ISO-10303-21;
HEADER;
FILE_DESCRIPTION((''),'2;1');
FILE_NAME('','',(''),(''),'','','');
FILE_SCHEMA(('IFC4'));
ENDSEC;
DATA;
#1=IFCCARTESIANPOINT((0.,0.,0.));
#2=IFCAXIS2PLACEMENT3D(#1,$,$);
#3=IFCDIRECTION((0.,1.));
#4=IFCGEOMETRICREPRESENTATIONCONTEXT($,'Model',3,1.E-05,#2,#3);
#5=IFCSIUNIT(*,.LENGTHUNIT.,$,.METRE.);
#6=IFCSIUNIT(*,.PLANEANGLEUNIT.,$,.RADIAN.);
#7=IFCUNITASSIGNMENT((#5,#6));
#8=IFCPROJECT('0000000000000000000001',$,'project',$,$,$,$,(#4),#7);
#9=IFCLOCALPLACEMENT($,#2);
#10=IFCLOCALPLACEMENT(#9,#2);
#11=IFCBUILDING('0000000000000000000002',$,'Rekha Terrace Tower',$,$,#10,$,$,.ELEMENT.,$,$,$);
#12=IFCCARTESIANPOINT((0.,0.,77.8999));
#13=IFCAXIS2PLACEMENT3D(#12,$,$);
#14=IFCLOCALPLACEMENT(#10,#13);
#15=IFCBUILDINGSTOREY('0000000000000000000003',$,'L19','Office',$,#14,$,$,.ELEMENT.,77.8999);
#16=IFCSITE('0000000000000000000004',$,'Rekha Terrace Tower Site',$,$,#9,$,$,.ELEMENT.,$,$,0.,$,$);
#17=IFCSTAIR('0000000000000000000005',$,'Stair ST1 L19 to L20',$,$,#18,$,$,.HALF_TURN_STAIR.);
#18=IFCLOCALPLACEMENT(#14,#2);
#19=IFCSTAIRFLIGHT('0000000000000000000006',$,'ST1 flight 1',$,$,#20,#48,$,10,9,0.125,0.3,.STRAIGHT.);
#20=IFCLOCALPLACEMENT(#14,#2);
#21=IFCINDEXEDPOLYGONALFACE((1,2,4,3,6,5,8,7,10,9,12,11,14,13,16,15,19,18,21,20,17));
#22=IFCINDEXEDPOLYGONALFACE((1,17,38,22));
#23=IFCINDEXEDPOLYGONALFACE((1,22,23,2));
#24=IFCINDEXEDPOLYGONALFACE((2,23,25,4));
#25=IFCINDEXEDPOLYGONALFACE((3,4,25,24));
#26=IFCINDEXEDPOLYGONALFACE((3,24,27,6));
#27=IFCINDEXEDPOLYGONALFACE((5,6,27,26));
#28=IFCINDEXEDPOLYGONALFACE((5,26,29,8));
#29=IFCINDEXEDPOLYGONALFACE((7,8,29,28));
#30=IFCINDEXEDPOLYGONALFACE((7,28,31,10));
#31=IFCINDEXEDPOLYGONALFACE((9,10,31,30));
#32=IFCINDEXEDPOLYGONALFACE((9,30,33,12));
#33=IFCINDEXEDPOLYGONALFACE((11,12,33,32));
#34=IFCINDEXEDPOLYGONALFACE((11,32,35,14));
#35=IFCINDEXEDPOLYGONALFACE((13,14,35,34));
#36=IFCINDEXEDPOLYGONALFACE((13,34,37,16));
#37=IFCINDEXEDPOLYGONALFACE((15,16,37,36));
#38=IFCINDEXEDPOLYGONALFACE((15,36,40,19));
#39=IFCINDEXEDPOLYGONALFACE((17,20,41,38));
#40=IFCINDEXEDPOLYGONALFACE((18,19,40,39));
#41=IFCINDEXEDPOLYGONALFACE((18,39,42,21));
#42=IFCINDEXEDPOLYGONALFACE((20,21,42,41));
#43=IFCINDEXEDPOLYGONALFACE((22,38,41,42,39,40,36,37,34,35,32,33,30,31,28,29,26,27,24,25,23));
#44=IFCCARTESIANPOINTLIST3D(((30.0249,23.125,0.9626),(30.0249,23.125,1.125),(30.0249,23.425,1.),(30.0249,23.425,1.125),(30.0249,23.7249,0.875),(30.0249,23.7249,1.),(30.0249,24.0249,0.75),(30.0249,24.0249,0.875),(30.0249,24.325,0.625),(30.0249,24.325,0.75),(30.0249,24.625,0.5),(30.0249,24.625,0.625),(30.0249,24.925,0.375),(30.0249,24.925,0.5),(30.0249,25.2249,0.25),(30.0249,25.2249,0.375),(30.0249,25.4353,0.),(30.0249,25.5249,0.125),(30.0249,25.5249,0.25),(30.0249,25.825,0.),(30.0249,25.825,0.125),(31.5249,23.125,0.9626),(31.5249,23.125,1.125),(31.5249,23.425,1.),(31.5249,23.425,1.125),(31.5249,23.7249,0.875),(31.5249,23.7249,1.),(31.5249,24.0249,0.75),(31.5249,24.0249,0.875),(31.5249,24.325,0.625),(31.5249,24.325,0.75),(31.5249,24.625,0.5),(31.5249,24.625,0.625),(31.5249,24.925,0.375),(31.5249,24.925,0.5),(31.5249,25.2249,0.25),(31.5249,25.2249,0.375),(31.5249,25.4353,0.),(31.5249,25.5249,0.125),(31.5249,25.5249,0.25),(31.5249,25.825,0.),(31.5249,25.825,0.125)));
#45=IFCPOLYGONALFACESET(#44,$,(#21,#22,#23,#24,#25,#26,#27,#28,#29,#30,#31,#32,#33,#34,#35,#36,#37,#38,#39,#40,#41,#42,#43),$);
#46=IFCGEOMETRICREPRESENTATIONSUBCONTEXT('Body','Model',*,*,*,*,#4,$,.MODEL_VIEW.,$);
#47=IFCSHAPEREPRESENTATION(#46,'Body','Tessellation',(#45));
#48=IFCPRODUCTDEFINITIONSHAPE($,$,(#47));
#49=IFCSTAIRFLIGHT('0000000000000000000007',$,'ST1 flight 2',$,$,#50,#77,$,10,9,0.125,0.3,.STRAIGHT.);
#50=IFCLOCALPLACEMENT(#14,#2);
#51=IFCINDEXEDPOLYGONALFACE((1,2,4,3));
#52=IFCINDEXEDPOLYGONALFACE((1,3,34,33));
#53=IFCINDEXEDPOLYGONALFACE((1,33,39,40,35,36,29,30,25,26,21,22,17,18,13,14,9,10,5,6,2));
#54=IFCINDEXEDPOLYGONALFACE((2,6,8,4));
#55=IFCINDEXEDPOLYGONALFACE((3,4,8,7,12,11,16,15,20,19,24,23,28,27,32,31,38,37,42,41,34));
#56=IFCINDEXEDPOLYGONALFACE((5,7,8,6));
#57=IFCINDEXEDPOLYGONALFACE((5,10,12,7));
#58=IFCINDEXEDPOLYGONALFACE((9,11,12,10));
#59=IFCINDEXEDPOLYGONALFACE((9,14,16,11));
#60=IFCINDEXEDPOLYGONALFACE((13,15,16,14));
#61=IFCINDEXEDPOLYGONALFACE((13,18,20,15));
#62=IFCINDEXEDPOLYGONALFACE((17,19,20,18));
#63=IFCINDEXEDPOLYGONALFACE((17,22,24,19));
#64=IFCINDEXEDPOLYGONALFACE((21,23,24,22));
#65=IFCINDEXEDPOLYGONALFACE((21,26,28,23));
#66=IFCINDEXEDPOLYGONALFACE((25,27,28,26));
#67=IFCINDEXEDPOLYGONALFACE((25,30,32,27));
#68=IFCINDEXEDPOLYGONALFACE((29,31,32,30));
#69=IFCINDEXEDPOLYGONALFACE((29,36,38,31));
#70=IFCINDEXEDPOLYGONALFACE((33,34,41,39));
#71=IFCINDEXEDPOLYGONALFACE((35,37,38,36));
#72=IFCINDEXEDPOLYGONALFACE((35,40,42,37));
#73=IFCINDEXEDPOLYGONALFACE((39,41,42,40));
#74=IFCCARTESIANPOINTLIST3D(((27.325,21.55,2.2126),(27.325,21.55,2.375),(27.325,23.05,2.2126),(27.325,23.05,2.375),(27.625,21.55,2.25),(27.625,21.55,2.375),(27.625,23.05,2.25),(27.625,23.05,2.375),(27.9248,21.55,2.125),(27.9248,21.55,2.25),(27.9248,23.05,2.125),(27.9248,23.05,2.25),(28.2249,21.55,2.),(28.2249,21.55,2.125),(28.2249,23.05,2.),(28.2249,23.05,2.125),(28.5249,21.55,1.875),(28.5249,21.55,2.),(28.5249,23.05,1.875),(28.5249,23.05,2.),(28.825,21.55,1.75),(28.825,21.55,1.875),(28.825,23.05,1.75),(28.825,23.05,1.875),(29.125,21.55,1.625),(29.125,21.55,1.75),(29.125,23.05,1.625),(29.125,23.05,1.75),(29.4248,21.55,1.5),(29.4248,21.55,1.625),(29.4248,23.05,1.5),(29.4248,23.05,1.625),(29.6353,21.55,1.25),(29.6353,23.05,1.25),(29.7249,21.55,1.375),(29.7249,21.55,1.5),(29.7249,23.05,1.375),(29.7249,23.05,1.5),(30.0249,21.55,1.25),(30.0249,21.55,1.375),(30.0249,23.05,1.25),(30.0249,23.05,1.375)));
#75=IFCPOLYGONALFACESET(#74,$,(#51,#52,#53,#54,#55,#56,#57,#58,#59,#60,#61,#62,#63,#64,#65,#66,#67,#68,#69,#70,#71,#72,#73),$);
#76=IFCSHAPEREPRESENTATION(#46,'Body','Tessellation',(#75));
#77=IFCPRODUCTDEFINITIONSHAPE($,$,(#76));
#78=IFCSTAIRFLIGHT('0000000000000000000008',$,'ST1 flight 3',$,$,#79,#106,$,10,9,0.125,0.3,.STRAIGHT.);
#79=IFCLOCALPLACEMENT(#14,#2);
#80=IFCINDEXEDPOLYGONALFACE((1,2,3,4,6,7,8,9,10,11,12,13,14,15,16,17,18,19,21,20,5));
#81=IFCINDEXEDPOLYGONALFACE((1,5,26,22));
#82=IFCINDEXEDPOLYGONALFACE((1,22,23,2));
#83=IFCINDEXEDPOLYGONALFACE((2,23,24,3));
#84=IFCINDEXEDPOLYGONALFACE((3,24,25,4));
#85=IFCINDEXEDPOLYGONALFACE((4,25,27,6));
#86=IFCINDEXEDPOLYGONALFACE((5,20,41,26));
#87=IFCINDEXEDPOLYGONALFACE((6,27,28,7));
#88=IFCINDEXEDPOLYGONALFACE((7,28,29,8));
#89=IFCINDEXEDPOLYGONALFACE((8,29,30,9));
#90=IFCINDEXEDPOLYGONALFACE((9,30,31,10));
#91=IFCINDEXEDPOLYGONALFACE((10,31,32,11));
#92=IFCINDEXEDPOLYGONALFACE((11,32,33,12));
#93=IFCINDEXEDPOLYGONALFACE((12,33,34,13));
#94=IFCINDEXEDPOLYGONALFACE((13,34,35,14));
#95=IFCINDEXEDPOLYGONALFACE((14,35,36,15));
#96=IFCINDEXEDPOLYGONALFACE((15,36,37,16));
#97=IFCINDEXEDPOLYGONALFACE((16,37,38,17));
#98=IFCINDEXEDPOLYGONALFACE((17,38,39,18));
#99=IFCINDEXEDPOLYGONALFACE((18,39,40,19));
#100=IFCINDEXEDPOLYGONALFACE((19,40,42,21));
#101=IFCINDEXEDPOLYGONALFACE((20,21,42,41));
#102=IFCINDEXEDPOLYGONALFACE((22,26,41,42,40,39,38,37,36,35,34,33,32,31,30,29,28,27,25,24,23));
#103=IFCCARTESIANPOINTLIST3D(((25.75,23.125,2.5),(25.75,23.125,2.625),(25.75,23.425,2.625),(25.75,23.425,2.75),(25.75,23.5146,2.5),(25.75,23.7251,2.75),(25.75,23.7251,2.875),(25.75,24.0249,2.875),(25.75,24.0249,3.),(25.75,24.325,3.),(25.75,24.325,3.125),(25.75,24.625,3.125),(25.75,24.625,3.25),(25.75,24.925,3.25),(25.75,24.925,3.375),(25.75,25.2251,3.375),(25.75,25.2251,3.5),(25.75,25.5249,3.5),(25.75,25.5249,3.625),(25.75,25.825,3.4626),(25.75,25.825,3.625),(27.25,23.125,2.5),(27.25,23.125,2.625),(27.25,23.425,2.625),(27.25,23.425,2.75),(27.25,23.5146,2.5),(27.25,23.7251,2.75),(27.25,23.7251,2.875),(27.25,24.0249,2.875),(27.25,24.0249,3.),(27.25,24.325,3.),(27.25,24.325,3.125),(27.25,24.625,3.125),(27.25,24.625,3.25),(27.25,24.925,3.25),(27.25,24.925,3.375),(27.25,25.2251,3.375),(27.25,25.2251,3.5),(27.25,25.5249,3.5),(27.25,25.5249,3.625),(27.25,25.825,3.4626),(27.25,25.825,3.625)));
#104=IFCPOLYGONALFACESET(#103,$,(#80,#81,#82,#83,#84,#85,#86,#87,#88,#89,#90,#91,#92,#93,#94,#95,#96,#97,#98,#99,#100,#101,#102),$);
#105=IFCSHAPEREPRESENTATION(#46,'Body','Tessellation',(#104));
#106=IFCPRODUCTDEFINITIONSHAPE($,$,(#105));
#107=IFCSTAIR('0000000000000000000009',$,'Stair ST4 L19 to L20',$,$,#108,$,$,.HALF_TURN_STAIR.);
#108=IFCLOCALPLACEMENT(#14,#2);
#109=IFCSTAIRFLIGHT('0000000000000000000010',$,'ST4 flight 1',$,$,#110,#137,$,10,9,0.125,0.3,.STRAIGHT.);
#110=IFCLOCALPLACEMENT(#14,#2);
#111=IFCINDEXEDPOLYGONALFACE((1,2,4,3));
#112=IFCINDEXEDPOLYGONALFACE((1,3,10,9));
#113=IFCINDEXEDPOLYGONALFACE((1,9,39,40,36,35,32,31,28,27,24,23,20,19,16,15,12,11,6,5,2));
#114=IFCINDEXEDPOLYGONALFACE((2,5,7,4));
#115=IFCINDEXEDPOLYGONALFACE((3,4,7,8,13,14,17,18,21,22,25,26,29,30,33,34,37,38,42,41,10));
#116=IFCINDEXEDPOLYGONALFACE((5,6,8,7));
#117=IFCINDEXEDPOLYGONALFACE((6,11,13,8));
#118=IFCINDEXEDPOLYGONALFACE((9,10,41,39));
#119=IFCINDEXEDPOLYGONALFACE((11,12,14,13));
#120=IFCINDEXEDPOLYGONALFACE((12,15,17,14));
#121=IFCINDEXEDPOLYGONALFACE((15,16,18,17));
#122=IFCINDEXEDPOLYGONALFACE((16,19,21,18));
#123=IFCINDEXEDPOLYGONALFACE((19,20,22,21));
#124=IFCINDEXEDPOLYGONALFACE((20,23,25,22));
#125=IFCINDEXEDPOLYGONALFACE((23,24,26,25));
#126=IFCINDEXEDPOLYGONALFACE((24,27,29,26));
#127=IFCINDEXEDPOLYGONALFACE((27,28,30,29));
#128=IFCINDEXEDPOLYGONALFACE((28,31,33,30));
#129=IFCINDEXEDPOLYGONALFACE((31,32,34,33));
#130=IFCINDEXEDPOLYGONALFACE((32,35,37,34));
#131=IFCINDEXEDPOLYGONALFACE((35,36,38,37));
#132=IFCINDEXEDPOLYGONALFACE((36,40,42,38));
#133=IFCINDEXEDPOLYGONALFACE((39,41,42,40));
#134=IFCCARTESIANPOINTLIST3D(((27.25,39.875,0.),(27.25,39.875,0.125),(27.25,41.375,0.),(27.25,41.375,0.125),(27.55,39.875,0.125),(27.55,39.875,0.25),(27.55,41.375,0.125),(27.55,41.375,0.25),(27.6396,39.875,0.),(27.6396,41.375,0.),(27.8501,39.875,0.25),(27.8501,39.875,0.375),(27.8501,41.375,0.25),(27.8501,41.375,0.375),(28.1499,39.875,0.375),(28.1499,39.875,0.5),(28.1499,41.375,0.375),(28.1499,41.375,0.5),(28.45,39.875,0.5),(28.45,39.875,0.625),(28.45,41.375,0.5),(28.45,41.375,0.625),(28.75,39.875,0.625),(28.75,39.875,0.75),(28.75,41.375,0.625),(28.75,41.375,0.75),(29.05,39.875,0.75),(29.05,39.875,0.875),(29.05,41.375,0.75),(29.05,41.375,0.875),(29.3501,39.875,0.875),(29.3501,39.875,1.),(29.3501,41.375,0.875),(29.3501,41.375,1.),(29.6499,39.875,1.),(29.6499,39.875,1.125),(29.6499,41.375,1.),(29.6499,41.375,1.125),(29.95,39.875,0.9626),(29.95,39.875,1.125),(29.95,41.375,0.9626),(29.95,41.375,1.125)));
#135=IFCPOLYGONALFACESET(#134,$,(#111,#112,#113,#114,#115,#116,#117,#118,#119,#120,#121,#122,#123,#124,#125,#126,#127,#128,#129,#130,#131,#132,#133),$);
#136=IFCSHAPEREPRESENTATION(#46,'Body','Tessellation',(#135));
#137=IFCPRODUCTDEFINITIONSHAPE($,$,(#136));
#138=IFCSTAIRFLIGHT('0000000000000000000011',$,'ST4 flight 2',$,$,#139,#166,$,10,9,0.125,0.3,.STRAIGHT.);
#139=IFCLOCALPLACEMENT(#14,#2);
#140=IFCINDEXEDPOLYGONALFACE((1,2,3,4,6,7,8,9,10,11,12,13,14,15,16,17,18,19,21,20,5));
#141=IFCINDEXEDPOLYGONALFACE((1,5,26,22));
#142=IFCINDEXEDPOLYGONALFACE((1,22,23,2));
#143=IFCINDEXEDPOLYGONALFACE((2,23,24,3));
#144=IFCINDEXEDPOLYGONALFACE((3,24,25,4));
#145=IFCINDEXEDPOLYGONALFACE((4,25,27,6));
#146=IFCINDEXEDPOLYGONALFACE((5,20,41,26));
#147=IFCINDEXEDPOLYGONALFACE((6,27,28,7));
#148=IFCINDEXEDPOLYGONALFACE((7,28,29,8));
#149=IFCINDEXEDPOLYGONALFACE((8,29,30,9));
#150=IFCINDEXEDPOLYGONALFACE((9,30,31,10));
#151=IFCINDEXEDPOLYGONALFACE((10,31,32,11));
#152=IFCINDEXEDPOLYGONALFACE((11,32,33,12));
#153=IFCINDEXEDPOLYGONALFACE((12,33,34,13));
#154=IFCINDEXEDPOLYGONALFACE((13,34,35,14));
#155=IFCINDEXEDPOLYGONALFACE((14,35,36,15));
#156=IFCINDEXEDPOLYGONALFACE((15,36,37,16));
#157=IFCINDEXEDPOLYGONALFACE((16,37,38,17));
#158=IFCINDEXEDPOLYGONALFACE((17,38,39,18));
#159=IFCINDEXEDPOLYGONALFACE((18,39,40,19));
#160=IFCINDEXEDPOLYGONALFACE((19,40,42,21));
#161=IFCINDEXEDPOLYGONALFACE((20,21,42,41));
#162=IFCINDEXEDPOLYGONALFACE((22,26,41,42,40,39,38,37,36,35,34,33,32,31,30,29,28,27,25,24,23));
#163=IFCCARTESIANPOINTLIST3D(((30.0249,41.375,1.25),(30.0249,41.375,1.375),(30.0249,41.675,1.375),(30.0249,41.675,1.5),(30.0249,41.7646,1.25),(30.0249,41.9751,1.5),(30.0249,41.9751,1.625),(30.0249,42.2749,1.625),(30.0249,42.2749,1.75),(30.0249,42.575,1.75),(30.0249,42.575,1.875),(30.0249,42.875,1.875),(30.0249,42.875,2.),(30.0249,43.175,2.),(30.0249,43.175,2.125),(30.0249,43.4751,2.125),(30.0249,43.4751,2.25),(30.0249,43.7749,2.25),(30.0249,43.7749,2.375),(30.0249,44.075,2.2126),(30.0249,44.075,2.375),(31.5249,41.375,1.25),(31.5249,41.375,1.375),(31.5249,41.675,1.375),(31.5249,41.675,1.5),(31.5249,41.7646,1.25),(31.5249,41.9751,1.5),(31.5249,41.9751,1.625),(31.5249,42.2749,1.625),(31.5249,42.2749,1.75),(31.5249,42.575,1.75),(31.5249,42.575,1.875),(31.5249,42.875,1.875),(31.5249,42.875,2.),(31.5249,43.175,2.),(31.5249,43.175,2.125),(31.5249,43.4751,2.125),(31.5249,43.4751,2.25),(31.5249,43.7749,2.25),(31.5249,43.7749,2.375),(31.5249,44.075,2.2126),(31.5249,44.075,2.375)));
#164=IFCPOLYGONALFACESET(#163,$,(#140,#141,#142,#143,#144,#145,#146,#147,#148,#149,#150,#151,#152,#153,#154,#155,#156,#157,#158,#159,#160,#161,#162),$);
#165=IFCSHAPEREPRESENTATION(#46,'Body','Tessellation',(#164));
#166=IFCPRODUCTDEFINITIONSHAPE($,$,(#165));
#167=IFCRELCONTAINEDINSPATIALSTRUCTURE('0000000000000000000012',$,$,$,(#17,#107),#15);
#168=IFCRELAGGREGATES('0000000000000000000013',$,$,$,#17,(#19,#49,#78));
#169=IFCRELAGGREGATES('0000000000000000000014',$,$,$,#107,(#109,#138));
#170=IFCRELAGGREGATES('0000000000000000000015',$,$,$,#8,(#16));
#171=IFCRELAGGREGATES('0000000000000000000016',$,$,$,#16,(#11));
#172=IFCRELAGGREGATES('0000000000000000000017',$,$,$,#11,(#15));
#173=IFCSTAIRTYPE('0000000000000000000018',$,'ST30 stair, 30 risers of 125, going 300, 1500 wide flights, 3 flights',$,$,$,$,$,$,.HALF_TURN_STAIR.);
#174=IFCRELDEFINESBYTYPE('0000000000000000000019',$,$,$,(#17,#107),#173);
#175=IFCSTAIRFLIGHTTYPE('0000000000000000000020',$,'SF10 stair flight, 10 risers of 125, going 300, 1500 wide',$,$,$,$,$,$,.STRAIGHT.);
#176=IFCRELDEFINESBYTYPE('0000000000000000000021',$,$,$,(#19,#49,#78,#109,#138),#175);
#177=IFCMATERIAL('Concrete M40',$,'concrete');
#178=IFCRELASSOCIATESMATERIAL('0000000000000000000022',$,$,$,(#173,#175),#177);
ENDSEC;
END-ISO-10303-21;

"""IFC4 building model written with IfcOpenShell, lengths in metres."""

from ifc_helpers import new_model, si_unit, direction, frame, origin, place, context, subcontext, project, spatial, polyline, outline, extrude, material, type_object, element, aggregate, save


model = new_model("IFC4")

# Units and contexts
model_context = context("Model", 3, precision=1e-05, world=origin(), true_north=direction((0.0, 1.0)))
body_context = subcontext(model_context, "Body", "Model", "MODEL_VIEW")
ifc_project = project(units=[si_unit("LENGTHUNIT", "METRE"), si_unit("PLANEANGLEUNIT", "RADIAN")], contexts=[model_context])

# Site, building, storey
site_placement = place(None, origin())
site = spatial("IfcSite", under=ifc_project, at=site_placement, Name="Rekha Terrace Tower Site", CompositionType="ELEMENT", RefElevation=0.0)
building_placement = place(site_placement, origin())
building = spatial("IfcBuilding", under=site, at=building_placement, Name="Rekha Terrace Tower", CompositionType="ELEMENT")
storey_placement = place(building_placement, frame((0.0, 0.0, 77.8999)))
storey = spatial("IfcBuildingStorey", under=building, at=storey_placement, Name="L19", Description="Office", CompositionType="ELEMENT", Elevation=77.8999)

# Stairs, stair flights
ifc_material_1 = material(Name="Concrete M40", Category="concrete")
stair_type = type_object("IfcStairType", Name="ST30 stair, 30 risers of 125, going 300, 1500 wide flights, 3 flights", PredefinedType="HALF_TURN_STAIR", material=ifc_material_1)
stair_1_placement = place(storey_placement, origin())
stair_1 = element("IfcStair", 1, at=stair_1_placement, inside=storey, type_object=stair_type, Name="Stair ST1 L19 to L20", PredefinedType="HALF_TURN_STAIR")
stair_flight_type = type_object("IfcStairFlightType", Name="SF10 stair flight, 10 risers of 125, going 300, 1500 wide", PredefinedType="STRAIGHT", material=ifc_material_1)
stair_flight_1_placement = place(storey_placement, frame((30.7749, 25.825, 0.0), z_axis=(0.0, 0.0, 1.0), x_axis=(0.0, -1.0, 0.0)))
stair_flight_1 = element("IfcStairFlight", 2, at=stair_flight_1_placement, type_object=stair_flight_type, Name="ST1 flight 1", NumberOfRisers=10, NumberOfTreads=9, PredefinedType="STRAIGHT", RiserHeight=0.125, TreadLength=0.3, context=body_context, shape_type="SweptSolid", body=[
    extrude(outline(polyline([(0.0, 0.0), (0.0, 0.125), (0.3, 0.125), (0.3, 0.25), (0.6001, 0.25), (0.6001, 0.375), (0.8999, 0.375), (0.8999, 0.5), (1.2, 0.5), (1.2, 0.625), (1.5, 0.625), (1.5, 0.75), (1.8, 0.75), (1.8, 0.875), (2.1001, 0.875), (2.1001, 1.0), (2.3999, 1.0), (2.3999, 1.125), (2.7, 1.125), (2.7, 1.25), (2.7, 0.9626), (0.3896, 0.0), (0.0, 0.0)])), frame((0.0, 0.75, 0.0), z_axis=(0.0, -1.0, 0.0), x_axis=(1.0, 0.0, 0.0)), (0.0, 0.0, 1.0), 1.5),
])
stair_flight_2_placement = place(storey_placement, frame((30.0249, 22.3, 1.25), z_axis=(0.0, 0.0, 1.0), x_axis=(-1.0, 0.0, 0.0)))
stair_flight_2 = element("IfcStairFlight", 3, at=stair_flight_2_placement, type_object=stair_flight_type, Name="ST1 flight 2", NumberOfRisers=10, NumberOfTreads=9, PredefinedType="STRAIGHT", RiserHeight=0.125, TreadLength=0.3, context=body_context, shape_type="SweptSolid", body=[
    extrude(outline(polyline([(0.0, 0.0), (0.0, 0.125), (0.3, 0.125), (0.3, 0.25), (0.6001, 0.25), (0.6001, 0.375), (0.8999, 0.375), (0.8999, 0.5), (1.2, 0.5), (1.2, 0.625), (1.5, 0.625), (1.5, 0.75), (1.8, 0.75), (1.8, 0.875), (2.1001, 0.875), (2.1001, 1.0), (2.3999, 1.0), (2.3999, 1.125), (2.7, 1.125), (2.7, 1.25), (2.7, 0.9626), (0.3896, 0.0), (0.0, 0.0)])), frame((0.0, 0.75, 0.0), z_axis=(0.0, -1.0, 0.0), x_axis=(1.0, 0.0, 0.0)), (0.0, 0.0, 1.0), 1.5),
])
stair_flight_3_placement = place(storey_placement, frame((26.5, 23.125, 2.5), z_axis=(0.0, 0.0, 1.0), x_axis=(0.0, 1.0, 0.0)))
stair_flight_3 = element("IfcStairFlight", 4, at=stair_flight_3_placement, type_object=stair_flight_type, Name="ST1 flight 3", NumberOfRisers=10, NumberOfTreads=9, PredefinedType="STRAIGHT", RiserHeight=0.125, TreadLength=0.3, context=body_context, shape_type="SweptSolid", body=[
    extrude(outline(polyline([(0.0, 0.0), (0.0, 0.125), (0.3, 0.125), (0.3, 0.25), (0.6001, 0.25), (0.6001, 0.375), (0.8999, 0.375), (0.8999, 0.5), (1.2, 0.5), (1.2, 0.625), (1.5, 0.625), (1.5, 0.75), (1.8, 0.75), (1.8, 0.875), (2.1001, 0.875), (2.1001, 1.0), (2.3999, 1.0), (2.3999, 1.125), (2.7, 1.125), (2.7, 1.25), (2.7, 0.9626), (0.3896, 0.0), (0.0, 0.0)])), frame((0.0, 0.75, 0.0), z_axis=(0.0, -1.0, 0.0), x_axis=(1.0, 0.0, 0.0)), (0.0, 0.0, 1.0), 1.5),
])
aggregate(stair_1, [stair_flight_1, stair_flight_2, stair_flight_3])
stair_2_placement = place(storey_placement, origin())
stair_2 = element("IfcStair", 5, at=stair_2_placement, inside=storey, type_object=stair_type, Name="Stair ST4 L19 to L20", PredefinedType="HALF_TURN_STAIR")
stair_flight_4_placement = place(storey_placement, frame((27.25, 40.625, 0.0), z_axis=(0.0, 0.0, 1.0), x_axis=(1.0, 0.0, 0.0)))
stair_flight_4 = element("IfcStairFlight", 6, at=stair_flight_4_placement, type_object=stair_flight_type, Name="ST4 flight 1", NumberOfRisers=10, NumberOfTreads=9, PredefinedType="STRAIGHT", RiserHeight=0.125, TreadLength=0.3, context=body_context, shape_type="SweptSolid", body=[
    extrude(outline(polyline([(0.0, 0.0), (0.0, 0.125), (0.3, 0.125), (0.3, 0.25), (0.6001, 0.25), (0.6001, 0.375), (0.8999, 0.375), (0.8999, 0.5), (1.2, 0.5), (1.2, 0.625), (1.5, 0.625), (1.5, 0.75), (1.8, 0.75), (1.8, 0.875), (2.1001, 0.875), (2.1001, 1.0), (2.3999, 1.0), (2.3999, 1.125), (2.7, 1.125), (2.7, 1.25), (2.7, 0.9626), (0.3896, 0.0), (0.0, 0.0)])), frame((0.0, 0.75, 0.0), z_axis=(0.0, -1.0, 0.0), x_axis=(1.0, 0.0, 0.0)), (0.0, 0.0, 1.0), 1.5),
])
stair_flight_5_placement = place(storey_placement, frame((30.7749, 41.375, 1.25), z_axis=(0.0, 0.0, 1.0), x_axis=(0.0, 1.0, 0.0)))
stair_flight_5 = element("IfcStairFlight", 7, at=stair_flight_5_placement, type_object=stair_flight_type, Name="ST4 flight 2", NumberOfRisers=10, NumberOfTreads=9, PredefinedType="STRAIGHT", RiserHeight=0.125, TreadLength=0.3, context=body_context, shape_type="SweptSolid", body=[
    extrude(outline(polyline([(0.0, 0.0), (0.0, 0.125), (0.3, 0.125), (0.3, 0.25), (0.6001, 0.25), (0.6001, 0.375), (0.8999, 0.375), (0.8999, 0.5), (1.2, 0.5), (1.2, 0.625), (1.5, 0.625), (1.5, 0.75), (1.8, 0.75), (1.8, 0.875), (2.1001, 0.875), (2.1001, 1.0), (2.3999, 1.0), (2.3999, 1.125), (2.7, 1.125), (2.7, 1.25), (2.7, 0.9626), (0.3896, 0.0), (0.0, 0.0)])), frame((0.0, 0.75, 0.0), z_axis=(0.0, -1.0, 0.0), x_axis=(1.0, 0.0, 0.0)), (0.0, 0.0, 1.0), 1.5),
])
aggregate(stair_2, [stair_flight_4, stair_flight_5])

save(model, "model.ifc")
